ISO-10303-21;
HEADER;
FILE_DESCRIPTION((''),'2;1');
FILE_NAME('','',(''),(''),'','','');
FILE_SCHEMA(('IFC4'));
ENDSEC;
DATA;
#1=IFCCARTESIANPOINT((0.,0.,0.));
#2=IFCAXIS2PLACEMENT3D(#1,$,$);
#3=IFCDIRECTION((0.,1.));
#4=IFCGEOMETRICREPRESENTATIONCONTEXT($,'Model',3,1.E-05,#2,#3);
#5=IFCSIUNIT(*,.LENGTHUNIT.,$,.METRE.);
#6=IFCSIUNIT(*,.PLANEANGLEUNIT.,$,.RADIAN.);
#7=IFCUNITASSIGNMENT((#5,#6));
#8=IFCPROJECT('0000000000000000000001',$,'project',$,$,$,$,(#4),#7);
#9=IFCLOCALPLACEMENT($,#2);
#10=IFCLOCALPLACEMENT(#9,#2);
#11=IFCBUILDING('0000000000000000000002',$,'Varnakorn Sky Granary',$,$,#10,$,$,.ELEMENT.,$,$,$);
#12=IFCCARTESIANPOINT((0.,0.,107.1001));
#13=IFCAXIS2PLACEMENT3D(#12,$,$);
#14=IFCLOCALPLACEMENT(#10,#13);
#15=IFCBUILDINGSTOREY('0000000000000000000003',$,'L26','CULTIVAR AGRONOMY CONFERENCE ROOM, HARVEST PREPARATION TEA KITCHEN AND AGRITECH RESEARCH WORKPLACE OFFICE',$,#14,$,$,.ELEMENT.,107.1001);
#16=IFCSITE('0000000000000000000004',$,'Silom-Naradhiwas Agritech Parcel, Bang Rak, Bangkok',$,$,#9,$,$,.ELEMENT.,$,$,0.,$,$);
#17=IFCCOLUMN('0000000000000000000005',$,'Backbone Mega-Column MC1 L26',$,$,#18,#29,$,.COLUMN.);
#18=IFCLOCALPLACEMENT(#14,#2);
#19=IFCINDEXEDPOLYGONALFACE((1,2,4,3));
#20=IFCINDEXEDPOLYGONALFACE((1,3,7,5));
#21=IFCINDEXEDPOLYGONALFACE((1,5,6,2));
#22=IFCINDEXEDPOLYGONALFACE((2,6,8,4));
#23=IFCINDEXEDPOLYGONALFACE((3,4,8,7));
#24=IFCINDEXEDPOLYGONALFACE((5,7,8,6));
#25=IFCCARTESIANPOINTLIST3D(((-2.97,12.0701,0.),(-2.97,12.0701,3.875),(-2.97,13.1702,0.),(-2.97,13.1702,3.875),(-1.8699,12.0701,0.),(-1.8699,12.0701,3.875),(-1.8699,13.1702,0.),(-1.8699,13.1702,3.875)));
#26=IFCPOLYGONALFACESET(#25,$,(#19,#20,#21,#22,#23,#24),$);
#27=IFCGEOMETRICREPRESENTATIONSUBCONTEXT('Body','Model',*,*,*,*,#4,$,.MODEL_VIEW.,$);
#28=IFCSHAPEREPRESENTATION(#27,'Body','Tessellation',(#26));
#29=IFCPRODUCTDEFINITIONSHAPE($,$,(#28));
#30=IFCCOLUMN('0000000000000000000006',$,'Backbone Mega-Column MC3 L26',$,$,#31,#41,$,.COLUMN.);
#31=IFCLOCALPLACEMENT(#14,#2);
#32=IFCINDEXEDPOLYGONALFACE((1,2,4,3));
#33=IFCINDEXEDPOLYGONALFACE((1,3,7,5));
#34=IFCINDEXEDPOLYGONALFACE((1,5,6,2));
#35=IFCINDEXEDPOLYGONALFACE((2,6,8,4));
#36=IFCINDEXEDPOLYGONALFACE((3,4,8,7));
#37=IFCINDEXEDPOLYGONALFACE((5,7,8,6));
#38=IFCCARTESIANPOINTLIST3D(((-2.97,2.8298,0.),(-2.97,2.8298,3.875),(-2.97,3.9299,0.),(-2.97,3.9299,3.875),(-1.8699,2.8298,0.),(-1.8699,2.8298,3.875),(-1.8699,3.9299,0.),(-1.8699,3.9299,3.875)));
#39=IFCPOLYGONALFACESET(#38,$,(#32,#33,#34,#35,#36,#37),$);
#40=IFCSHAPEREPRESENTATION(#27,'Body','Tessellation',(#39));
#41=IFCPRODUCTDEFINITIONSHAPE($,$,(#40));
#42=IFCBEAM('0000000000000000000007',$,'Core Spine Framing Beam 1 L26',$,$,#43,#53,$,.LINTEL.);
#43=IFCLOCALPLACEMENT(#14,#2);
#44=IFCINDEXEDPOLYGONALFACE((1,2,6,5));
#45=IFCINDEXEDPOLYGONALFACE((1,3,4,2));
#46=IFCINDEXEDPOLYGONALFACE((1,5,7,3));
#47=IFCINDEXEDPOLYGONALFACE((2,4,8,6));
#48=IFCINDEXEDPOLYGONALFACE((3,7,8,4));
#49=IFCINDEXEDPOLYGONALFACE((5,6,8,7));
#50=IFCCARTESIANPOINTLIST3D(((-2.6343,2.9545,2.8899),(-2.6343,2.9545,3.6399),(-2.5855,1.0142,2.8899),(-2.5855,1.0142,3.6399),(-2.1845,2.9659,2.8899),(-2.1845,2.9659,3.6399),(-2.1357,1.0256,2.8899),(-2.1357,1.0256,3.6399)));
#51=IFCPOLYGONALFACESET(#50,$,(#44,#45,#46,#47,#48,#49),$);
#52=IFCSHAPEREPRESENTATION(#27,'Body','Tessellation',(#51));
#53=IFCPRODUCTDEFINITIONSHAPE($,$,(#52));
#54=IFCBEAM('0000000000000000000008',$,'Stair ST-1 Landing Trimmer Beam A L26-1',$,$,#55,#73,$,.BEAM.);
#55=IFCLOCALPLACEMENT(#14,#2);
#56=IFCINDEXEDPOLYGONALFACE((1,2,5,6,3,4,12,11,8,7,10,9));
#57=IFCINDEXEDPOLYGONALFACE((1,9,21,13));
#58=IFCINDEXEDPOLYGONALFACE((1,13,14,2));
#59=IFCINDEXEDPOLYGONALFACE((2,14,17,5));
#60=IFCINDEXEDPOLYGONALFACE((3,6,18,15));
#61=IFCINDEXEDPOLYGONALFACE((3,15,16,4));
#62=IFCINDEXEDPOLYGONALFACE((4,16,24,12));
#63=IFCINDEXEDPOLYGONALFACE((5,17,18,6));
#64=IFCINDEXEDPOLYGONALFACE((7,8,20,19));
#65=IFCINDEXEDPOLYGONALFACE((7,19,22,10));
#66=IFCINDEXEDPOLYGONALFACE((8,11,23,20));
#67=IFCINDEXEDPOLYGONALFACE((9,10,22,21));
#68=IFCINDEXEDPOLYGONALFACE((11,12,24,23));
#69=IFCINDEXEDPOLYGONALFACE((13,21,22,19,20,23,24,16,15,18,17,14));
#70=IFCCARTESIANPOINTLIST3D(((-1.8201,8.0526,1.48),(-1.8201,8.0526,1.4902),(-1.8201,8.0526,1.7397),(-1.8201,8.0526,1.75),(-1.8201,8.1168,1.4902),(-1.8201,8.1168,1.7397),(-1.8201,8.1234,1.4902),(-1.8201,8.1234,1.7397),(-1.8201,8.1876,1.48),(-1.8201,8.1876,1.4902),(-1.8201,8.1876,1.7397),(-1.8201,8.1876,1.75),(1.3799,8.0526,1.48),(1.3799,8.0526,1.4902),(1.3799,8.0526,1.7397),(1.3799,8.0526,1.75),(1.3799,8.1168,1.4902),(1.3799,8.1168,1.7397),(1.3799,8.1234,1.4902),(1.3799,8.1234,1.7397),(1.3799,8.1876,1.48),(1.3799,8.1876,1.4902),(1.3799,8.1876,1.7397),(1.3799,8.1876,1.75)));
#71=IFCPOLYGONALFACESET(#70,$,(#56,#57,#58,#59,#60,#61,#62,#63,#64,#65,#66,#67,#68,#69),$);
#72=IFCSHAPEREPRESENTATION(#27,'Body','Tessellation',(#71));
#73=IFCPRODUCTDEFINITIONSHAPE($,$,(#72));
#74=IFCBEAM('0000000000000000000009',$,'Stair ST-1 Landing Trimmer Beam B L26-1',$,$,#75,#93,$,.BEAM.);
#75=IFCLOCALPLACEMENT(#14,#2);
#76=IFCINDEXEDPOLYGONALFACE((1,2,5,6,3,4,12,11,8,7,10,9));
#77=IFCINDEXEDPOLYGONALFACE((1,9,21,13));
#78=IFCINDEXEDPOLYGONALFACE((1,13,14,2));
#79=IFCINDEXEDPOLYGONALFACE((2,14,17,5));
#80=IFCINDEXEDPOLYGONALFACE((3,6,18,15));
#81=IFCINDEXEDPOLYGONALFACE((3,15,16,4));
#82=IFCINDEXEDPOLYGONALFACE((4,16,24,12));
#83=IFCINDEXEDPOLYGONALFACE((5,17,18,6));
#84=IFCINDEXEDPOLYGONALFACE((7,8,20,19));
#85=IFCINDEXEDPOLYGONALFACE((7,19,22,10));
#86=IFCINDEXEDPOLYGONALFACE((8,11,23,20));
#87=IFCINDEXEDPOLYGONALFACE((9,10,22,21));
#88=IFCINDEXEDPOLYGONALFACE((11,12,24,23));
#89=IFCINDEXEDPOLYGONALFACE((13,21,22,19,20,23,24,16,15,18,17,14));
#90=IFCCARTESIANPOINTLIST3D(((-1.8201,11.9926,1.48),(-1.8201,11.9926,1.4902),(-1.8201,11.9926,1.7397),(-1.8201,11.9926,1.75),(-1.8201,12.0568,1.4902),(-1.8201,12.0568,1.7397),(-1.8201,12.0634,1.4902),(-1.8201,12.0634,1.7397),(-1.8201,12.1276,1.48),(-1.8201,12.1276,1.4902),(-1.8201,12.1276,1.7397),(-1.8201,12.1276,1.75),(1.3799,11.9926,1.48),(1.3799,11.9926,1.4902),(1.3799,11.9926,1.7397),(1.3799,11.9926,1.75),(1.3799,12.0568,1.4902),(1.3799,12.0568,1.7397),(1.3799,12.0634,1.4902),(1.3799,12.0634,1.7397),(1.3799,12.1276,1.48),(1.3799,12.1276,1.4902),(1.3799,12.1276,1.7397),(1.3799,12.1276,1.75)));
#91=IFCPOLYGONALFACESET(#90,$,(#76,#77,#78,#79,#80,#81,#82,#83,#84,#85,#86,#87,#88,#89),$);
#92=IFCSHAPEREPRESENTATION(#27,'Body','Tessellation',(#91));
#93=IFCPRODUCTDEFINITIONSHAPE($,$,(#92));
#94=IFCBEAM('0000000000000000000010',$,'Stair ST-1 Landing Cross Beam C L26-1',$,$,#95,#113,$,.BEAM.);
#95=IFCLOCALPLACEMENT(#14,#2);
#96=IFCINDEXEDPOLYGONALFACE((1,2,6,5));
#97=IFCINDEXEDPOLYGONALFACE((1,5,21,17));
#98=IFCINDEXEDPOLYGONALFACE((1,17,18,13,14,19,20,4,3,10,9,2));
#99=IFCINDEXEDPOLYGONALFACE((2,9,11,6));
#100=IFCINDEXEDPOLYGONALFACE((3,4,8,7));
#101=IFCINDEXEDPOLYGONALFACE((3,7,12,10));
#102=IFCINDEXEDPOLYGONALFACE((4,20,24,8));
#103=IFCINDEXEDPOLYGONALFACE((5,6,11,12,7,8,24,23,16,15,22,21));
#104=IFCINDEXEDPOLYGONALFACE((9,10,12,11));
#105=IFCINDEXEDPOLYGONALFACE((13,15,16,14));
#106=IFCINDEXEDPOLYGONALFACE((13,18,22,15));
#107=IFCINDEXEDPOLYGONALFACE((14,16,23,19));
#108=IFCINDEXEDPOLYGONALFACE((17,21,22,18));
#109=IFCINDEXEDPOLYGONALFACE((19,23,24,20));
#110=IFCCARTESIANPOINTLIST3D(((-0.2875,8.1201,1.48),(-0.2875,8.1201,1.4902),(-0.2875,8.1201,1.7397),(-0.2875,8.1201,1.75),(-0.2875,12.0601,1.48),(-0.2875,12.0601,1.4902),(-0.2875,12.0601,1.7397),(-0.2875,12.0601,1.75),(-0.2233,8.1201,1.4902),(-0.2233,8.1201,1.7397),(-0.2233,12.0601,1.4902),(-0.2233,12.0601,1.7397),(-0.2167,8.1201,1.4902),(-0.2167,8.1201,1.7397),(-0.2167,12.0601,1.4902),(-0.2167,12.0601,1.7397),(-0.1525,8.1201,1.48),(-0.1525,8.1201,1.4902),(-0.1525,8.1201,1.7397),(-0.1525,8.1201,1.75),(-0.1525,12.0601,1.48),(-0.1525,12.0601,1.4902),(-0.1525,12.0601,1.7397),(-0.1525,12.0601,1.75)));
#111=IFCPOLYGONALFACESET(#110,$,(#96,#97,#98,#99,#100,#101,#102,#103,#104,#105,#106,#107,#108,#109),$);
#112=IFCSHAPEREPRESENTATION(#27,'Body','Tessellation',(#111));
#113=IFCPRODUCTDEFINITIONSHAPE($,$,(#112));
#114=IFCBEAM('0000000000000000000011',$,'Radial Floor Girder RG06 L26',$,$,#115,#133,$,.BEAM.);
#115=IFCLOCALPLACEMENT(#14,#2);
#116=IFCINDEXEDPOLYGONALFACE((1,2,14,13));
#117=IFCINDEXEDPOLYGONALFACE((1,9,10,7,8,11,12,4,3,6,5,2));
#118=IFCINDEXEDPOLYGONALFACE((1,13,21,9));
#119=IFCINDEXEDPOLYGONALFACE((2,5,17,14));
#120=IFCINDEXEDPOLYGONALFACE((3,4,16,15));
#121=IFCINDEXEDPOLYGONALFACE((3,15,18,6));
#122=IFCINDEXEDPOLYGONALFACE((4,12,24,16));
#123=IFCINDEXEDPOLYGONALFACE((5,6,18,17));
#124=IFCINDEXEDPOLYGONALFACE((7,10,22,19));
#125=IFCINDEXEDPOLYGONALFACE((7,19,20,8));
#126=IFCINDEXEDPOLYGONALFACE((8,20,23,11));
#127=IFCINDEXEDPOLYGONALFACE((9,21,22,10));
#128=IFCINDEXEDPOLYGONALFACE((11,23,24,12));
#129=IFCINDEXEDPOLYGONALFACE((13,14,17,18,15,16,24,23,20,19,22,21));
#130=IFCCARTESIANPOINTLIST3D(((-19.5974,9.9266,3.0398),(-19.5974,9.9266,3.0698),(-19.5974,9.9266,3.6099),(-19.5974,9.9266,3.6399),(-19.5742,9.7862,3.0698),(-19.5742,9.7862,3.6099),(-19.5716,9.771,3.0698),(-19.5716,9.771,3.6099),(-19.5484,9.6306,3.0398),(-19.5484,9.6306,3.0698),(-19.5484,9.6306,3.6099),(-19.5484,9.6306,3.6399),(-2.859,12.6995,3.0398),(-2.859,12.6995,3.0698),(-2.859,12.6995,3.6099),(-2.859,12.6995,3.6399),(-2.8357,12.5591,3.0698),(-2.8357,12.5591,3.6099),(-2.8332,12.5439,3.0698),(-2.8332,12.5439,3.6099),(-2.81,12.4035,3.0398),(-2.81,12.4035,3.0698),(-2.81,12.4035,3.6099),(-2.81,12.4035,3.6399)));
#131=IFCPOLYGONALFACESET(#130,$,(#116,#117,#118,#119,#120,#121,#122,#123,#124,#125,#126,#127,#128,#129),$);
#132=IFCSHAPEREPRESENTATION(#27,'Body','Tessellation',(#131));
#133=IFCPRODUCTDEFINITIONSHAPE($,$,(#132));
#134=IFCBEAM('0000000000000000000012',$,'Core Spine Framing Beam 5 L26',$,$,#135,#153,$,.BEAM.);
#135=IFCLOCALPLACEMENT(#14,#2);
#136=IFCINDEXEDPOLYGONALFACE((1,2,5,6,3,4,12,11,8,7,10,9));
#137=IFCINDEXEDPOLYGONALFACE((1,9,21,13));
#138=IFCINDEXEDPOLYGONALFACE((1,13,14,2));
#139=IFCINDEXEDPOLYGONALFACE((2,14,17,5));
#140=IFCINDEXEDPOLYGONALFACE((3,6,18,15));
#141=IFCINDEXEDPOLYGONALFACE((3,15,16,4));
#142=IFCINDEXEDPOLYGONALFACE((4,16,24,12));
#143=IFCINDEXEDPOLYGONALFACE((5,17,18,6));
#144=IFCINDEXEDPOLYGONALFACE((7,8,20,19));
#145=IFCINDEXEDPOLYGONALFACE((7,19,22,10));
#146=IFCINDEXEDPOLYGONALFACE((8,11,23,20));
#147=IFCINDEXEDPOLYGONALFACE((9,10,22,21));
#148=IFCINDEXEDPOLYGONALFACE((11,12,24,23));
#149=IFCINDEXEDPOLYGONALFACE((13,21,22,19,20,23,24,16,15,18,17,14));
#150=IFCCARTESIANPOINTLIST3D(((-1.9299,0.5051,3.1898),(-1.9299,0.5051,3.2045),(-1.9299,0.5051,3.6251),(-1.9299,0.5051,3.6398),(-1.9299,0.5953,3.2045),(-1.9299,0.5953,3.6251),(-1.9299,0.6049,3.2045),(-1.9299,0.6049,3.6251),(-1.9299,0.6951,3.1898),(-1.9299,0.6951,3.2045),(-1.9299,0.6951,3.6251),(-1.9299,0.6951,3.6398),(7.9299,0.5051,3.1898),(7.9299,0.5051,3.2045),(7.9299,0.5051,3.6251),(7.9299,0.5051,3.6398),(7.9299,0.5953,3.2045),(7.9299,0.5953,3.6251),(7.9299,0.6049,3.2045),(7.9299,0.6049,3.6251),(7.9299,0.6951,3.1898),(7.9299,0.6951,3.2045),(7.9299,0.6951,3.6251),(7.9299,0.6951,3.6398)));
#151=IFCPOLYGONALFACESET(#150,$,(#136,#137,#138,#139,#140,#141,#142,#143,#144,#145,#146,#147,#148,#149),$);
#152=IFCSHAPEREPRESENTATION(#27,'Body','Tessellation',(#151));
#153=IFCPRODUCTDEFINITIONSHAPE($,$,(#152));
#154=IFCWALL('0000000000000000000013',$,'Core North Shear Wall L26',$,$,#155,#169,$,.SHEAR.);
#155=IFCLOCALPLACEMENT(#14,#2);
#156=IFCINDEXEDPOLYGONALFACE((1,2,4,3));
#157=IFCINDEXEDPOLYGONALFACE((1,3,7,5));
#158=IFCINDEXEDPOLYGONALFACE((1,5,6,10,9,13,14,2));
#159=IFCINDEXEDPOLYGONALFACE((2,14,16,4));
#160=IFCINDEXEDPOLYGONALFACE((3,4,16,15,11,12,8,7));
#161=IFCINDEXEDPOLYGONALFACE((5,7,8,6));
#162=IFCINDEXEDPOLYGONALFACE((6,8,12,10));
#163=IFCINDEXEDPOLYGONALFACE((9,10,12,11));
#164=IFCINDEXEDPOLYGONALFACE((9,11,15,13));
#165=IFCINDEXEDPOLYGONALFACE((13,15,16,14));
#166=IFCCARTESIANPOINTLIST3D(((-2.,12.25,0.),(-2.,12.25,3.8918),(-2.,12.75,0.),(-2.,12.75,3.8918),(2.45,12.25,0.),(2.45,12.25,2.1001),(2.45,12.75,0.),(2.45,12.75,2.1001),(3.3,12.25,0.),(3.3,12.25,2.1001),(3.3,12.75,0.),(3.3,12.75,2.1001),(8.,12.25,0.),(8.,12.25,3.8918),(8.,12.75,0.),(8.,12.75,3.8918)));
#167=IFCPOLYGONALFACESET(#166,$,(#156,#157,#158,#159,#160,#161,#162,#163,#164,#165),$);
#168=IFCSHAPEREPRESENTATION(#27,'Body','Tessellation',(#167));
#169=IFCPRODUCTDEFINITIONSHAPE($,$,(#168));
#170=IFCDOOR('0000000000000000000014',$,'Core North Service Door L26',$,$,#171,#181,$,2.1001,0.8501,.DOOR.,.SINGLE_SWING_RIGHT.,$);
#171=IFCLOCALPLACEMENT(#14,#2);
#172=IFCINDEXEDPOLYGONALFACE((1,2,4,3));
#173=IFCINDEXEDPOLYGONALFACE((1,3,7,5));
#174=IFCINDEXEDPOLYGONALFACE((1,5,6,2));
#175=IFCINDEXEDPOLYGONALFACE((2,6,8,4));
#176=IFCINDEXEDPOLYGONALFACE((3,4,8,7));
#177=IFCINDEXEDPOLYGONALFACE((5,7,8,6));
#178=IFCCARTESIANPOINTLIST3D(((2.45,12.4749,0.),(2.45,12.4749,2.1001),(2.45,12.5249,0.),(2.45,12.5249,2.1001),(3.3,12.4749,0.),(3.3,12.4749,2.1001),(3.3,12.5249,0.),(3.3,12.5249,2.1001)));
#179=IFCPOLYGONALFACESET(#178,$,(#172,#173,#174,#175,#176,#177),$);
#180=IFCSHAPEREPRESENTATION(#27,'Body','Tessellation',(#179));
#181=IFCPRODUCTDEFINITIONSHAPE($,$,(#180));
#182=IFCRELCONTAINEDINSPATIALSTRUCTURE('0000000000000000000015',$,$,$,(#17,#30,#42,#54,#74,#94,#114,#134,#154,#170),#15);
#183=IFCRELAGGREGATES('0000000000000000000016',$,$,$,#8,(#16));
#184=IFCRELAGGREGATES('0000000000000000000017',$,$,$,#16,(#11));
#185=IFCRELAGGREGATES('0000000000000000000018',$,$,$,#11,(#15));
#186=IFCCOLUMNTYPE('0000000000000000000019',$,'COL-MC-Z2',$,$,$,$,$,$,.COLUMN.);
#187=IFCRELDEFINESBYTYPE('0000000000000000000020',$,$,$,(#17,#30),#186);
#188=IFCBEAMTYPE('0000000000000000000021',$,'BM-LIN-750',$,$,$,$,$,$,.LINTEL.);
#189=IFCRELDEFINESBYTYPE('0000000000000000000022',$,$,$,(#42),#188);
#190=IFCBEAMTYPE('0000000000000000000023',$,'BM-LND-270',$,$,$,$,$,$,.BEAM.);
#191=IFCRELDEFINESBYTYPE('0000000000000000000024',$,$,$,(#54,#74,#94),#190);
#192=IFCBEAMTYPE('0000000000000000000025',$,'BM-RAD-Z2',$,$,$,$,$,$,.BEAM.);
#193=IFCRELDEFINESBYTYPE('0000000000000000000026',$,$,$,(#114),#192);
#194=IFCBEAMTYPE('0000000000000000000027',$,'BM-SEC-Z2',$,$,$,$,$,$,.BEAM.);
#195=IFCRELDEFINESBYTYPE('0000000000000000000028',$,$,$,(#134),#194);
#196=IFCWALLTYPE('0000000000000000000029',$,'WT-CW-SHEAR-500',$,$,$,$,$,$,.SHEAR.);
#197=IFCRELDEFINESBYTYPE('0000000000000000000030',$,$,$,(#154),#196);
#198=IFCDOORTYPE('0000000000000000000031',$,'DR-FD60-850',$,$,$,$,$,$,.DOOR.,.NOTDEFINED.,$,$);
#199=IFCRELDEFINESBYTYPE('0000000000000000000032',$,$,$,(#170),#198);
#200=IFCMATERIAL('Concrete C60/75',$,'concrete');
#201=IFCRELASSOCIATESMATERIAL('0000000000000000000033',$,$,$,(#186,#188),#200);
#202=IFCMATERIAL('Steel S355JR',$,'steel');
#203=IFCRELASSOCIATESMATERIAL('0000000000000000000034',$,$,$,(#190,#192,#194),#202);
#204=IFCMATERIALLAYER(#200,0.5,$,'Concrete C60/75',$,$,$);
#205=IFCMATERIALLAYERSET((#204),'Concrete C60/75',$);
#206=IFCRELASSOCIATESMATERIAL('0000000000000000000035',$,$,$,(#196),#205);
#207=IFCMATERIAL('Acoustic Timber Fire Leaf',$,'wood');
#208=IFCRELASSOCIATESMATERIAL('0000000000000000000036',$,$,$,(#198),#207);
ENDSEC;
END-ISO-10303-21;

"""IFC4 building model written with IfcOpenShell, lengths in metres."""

from ifc_helpers import new_model, si_unit, direction, frame, frame_2d, origin, origin_2d, place, context, subcontext, project, spatial, rectangle, i_section, extrude, material, layer, layer_set, material_profile, profile_set, type_object, element, fill, save


model = new_model("IFC4")

# Units and contexts
model_context = context("Model", 3, precision=1e-05, world=origin(), true_north=direction((0.0, 1.0)))
body_context = subcontext(model_context, "Body", "Model", "MODEL_VIEW")
ifc_project = project(units=[si_unit("LENGTHUNIT", "METRE"), si_unit("PLANEANGLEUNIT", "RADIAN")], contexts=[model_context])

# Site, building, storey
site_placement = place(None, origin())
site = spatial("IfcSite", under=ifc_project, at=site_placement, Name="Silom-Naradhiwas Agritech Parcel, Bang Rak, Bangkok", CompositionType="ELEMENT", RefElevation=0.0)
building_placement = place(site_placement, origin())
building = spatial("IfcBuilding", under=site, at=building_placement, Name="Varnakorn Sky Granary", CompositionType="ELEMENT")
storey_placement = place(building_placement, frame((0.0, 0.0, 107.1001)))
storey = spatial("IfcBuildingStorey", under=building, at=storey_placement, Name="L26", Description="CULTIVAR AGRONOMY CONFERENCE ROOM, HARVEST PREPARATION TEA KITCHEN AND AGRITECH RESEARCH WORKPLACE OFFICE", CompositionType="ELEMENT", Elevation=107.1001)

# Columns
ifc_material_1 = material(Name="Concrete C60/75", Category="concrete")
ifc_material_profile_1 = material_profile(ifc_material_1, rectangle(XDim=1.1001, YDim=1.1001, at=origin_2d()), Name="RC 1100x1100")
ifc_profile_set_1 = profile_set([ifc_material_profile_1], Name="Concrete C60/75")
column_type = type_object("IfcColumnType", Name="COL-MC-Z2", PredefinedType="COLUMN", material=ifc_profile_set_1)
for number, where, z_axis, x_axis, name in (
    (1, (-2.4199, 12.6201, 0.0), (0.0, 0.0, 1.0), (1.0, 0.0, 0.0), "Backbone Mega-Column MC1 L26"),
    (2, (-2.4199, 3.3799, 0.0), (0.0, 0.0, 1.0), (1.0, 0.0, 0.0), "Backbone Mega-Column MC3 L26"),
):
    element("IfcColumn", number, at=place(storey_placement, frame(where, z_axis=z_axis, x_axis=x_axis)), inside=storey, type_object=column_type, Name=name, PredefinedType="COLUMN", context=body_context, shape_type="SweptSolid", body=[
        extrude(rectangle(XDim=1.1001, YDim=1.1001, at=origin_2d()), origin(), (0.0, 0.0, 1.0), 3.875),
    ])

# Beams
ifc_material_profile_2 = material_profile(ifc_material_1, rectangle(XDim=0.45, YDim=0.75, at=origin_2d()), Name="RC 450x750")
ifc_profile_set_2 = profile_set([ifc_material_profile_2], Name="Concrete C60/75")
beam_type_1 = type_object("IfcBeamType", Name="BM-LIN-750", PredefinedType="LINTEL", material=ifc_profile_set_2)
beam_1_placement = place(storey_placement, frame((-2.4094, 2.9602, 3.2649), z_axis=(0.025159, -0.999683, 0.0), x_axis=(0.999683, 0.025159, 0.0)))
element("IfcBeam", 3, at=beam_1_placement, inside=storey, type_object=beam_type_1, Name="Core Spine Framing Beam 1 L26", PredefinedType="LINTEL", context=body_context, shape_type="SweptSolid", body=[
    extrude(rectangle(XDim=0.45, YDim=0.75, at=origin_2d()), origin(), (0.0, 0.0, 1.0), 1.9409),
])
ifc_material_2 = material(Name="Steel S355JR", Category="steel")
ifc_material_profile_3 = material_profile(ifc_material_2, i_section(OverallWidth=0.135, OverallDepth=0.27, WebThickness=0.0066, FlangeThickness=0.0103, at=origin_2d()), Name="IPE 270")
ifc_profile_set_3 = profile_set([ifc_material_profile_3], Name="Steel S355JR")
beam_type_2 = type_object("IfcBeamType", Name="BM-LND-270", PredefinedType="BEAM", material=ifc_profile_set_3)
for number, where, z_axis, x_axis, name in (
    (4, (-1.8201, 8.1201, 1.615), (1.0, 0.0, 0.0), (0.0, 1.0, 0.0), "Stair ST-1 Landing Trimmer Beam A L26-1"),
    (5, (-1.8201, 12.0601, 1.615), (1.0, 0.0, 0.0), (0.0, 1.0, 0.0), "Stair ST-1 Landing Trimmer Beam B L26-1"),
):
    element("IfcBeam", number, at=place(storey_placement, frame(where, z_axis=z_axis, x_axis=x_axis)), inside=storey, type_object=beam_type_2, Name=name, PredefinedType="BEAM", context=body_context, shape_type="SweptSolid", body=[
        extrude(i_section(OverallWidth=0.135, OverallDepth=0.27, WebThickness=0.0066, FlangeThickness=0.0103, at=origin_2d()), origin(), (0.0, 0.0, 1.0), 3.2),
    ])
beam_2_placement = place(storey_placement, frame((-0.22, 8.1201, 1.615), z_axis=(0.0, 1.0, 0.0), x_axis=(-1.0, 0.0, 0.0)))
element("IfcBeam", 6, at=beam_2_placement, inside=storey, type_object=beam_type_2, Name="Stair ST-1 Landing Cross Beam C L26-1", PredefinedType="BEAM", context=body_context, shape_type="SweptSolid", body=[
    extrude(i_section(OverallWidth=0.135, OverallDepth=0.27, WebThickness=0.0066, FlangeThickness=0.0103, at=origin_2d()), origin(), (0.0, 0.0, 1.0), 3.9399),
])
ifc_material_profile_4 = material_profile(ifc_material_2, i_section(OverallWidth=0.3, OverallDepth=0.6001, WebThickness=0.0154, FlangeThickness=0.03, at=origin_2d()), Name="HE 600 B")
ifc_profile_set_4 = profile_set([ifc_material_profile_4], Name="Steel S355JR")
beam_type_3 = type_object("IfcBeamType", Name="BM-RAD-Z2", PredefinedType="BEAM", material=ifc_profile_set_4)
beam_3_placement = place(storey_placement, frame((-2.8345, 12.5515, 3.3398), z_axis=(-0.986554, -0.163435, 0.0), x_axis=(0.163435, -0.986554, 0.0)))
element("IfcBeam", 7, at=beam_3_placement, inside=storey, type_object=beam_type_3, Name="Radial Floor Girder RG06 L26", PredefinedType="BEAM", context=body_context, shape_type="SweptSolid", body=[
    extrude(i_section(OverallWidth=0.3, OverallDepth=0.6001, WebThickness=0.0154, FlangeThickness=0.03, at=origin_2d()), origin(), (0.0, 0.0, 1.0), 16.9666),
])
ifc_material_profile_5 = material_profile(ifc_material_2, i_section(OverallWidth=0.1899, OverallDepth=0.45, WebThickness=0.0095, FlangeThickness=0.0146, at=origin_2d()), Name="IPE 450")
ifc_profile_set_5 = profile_set([ifc_material_profile_5], Name="Steel S355JR")
beam_type_4 = type_object("IfcBeamType", Name="BM-SEC-Z2", PredefinedType="BEAM", material=ifc_profile_set_5)
beam_4_placement = place(storey_placement, frame((-1.9299, 0.6001, 3.4148), z_axis=(1.0, 0.0, 0.0), x_axis=(0.0, 1.0, 0.0)))
element("IfcBeam", 8, at=beam_4_placement, inside=storey, type_object=beam_type_4, Name="Core Spine Framing Beam 5 L26", PredefinedType="BEAM", context=body_context, shape_type="SweptSolid", body=[
    extrude(i_section(OverallWidth=0.1899, OverallDepth=0.45, WebThickness=0.0095, FlangeThickness=0.0146, at=origin_2d()), origin(), (0.0, 0.0, 1.0), 9.8599),
])

# Shared definitions
ifc_layer_1 = layer(ifc_material_1, 0.5, Name="Concrete C60/75")
ifc_layer_set_1 = layer_set([ifc_layer_1], Name="Concrete C60/75")
wall_type_1 = type_object("IfcWallType", Name="WT-CW-SHEAR-500", PredefinedType="SHEAR", material=ifc_layer_set_1)

# Wall, opening, door
wall_1_placement = place(storey_placement, frame((-2.0, 12.5, 0.0), z_axis=(0.0, 0.0, 1.0), x_axis=(1.0, 0.0, 0.0)))
wall_1 = element("IfcWall", 9, at=wall_1_placement, inside=storey, type_object=wall_type_1, Name="Core North Shear Wall L26", PredefinedType="SHEAR", context=body_context, shape_type="SweptSolid", body=[
    extrude(rectangle(XDim=10.0, YDim=0.5, at=frame_2d((5.0, 0.0))), origin(), (0.0, 0.0, 1.0), 3.8918),
])
opening_1_placement = place(wall_1_placement, frame((4.45, 0.0, 0.0)))
opening_1 = element("IfcOpeningElement", 10, at=opening_1_placement, cuts=wall_1, PredefinedType="OPENING", context=body_context, shape_type="SweptSolid", body=[
    extrude(rectangle(XDim=0.8501, YDim=2.1001, at=frame_2d((0.425, 1.05))), frame((0.0, 0.26, 0.0), z_axis=(0.0, -1.0, 0.0), x_axis=(1.0, 0.0, 0.0)), (0.0, 0.0, 1.0), 0.52),
])
ifc_material_3 = material(Name="Acoustic Timber Fire Leaf", Category="wood")
door_type_1 = type_object("IfcDoorType", Name="DR-FD60-850", OperationType="NOTDEFINED", PredefinedType="DOOR", material=ifc_material_3)
door_1_placement = place(opening_1_placement, origin())
door_1 = element("IfcDoor", 11, at=door_1_placement, inside=storey, type_object=door_type_1, Name="Core North Service Door L26", OperationType="SINGLE_SWING_RIGHT", OverallHeight=2.1001, OverallWidth=0.8501, PredefinedType="DOOR", context=body_context, shape_type="SweptSolid", body=[
    extrude(rectangle(XDim=0.8501, YDim=2.1001, at=frame_2d((0.425, 1.05))), frame((0.0, 0.0249, 0.0), z_axis=(0.0, -1.0, 0.0), x_axis=(1.0, 0.0, 0.0)), (0.0, 0.0, 1.0), 0.05),
])
fill(opening_1, door_1)

save(model, "model.ifc")
